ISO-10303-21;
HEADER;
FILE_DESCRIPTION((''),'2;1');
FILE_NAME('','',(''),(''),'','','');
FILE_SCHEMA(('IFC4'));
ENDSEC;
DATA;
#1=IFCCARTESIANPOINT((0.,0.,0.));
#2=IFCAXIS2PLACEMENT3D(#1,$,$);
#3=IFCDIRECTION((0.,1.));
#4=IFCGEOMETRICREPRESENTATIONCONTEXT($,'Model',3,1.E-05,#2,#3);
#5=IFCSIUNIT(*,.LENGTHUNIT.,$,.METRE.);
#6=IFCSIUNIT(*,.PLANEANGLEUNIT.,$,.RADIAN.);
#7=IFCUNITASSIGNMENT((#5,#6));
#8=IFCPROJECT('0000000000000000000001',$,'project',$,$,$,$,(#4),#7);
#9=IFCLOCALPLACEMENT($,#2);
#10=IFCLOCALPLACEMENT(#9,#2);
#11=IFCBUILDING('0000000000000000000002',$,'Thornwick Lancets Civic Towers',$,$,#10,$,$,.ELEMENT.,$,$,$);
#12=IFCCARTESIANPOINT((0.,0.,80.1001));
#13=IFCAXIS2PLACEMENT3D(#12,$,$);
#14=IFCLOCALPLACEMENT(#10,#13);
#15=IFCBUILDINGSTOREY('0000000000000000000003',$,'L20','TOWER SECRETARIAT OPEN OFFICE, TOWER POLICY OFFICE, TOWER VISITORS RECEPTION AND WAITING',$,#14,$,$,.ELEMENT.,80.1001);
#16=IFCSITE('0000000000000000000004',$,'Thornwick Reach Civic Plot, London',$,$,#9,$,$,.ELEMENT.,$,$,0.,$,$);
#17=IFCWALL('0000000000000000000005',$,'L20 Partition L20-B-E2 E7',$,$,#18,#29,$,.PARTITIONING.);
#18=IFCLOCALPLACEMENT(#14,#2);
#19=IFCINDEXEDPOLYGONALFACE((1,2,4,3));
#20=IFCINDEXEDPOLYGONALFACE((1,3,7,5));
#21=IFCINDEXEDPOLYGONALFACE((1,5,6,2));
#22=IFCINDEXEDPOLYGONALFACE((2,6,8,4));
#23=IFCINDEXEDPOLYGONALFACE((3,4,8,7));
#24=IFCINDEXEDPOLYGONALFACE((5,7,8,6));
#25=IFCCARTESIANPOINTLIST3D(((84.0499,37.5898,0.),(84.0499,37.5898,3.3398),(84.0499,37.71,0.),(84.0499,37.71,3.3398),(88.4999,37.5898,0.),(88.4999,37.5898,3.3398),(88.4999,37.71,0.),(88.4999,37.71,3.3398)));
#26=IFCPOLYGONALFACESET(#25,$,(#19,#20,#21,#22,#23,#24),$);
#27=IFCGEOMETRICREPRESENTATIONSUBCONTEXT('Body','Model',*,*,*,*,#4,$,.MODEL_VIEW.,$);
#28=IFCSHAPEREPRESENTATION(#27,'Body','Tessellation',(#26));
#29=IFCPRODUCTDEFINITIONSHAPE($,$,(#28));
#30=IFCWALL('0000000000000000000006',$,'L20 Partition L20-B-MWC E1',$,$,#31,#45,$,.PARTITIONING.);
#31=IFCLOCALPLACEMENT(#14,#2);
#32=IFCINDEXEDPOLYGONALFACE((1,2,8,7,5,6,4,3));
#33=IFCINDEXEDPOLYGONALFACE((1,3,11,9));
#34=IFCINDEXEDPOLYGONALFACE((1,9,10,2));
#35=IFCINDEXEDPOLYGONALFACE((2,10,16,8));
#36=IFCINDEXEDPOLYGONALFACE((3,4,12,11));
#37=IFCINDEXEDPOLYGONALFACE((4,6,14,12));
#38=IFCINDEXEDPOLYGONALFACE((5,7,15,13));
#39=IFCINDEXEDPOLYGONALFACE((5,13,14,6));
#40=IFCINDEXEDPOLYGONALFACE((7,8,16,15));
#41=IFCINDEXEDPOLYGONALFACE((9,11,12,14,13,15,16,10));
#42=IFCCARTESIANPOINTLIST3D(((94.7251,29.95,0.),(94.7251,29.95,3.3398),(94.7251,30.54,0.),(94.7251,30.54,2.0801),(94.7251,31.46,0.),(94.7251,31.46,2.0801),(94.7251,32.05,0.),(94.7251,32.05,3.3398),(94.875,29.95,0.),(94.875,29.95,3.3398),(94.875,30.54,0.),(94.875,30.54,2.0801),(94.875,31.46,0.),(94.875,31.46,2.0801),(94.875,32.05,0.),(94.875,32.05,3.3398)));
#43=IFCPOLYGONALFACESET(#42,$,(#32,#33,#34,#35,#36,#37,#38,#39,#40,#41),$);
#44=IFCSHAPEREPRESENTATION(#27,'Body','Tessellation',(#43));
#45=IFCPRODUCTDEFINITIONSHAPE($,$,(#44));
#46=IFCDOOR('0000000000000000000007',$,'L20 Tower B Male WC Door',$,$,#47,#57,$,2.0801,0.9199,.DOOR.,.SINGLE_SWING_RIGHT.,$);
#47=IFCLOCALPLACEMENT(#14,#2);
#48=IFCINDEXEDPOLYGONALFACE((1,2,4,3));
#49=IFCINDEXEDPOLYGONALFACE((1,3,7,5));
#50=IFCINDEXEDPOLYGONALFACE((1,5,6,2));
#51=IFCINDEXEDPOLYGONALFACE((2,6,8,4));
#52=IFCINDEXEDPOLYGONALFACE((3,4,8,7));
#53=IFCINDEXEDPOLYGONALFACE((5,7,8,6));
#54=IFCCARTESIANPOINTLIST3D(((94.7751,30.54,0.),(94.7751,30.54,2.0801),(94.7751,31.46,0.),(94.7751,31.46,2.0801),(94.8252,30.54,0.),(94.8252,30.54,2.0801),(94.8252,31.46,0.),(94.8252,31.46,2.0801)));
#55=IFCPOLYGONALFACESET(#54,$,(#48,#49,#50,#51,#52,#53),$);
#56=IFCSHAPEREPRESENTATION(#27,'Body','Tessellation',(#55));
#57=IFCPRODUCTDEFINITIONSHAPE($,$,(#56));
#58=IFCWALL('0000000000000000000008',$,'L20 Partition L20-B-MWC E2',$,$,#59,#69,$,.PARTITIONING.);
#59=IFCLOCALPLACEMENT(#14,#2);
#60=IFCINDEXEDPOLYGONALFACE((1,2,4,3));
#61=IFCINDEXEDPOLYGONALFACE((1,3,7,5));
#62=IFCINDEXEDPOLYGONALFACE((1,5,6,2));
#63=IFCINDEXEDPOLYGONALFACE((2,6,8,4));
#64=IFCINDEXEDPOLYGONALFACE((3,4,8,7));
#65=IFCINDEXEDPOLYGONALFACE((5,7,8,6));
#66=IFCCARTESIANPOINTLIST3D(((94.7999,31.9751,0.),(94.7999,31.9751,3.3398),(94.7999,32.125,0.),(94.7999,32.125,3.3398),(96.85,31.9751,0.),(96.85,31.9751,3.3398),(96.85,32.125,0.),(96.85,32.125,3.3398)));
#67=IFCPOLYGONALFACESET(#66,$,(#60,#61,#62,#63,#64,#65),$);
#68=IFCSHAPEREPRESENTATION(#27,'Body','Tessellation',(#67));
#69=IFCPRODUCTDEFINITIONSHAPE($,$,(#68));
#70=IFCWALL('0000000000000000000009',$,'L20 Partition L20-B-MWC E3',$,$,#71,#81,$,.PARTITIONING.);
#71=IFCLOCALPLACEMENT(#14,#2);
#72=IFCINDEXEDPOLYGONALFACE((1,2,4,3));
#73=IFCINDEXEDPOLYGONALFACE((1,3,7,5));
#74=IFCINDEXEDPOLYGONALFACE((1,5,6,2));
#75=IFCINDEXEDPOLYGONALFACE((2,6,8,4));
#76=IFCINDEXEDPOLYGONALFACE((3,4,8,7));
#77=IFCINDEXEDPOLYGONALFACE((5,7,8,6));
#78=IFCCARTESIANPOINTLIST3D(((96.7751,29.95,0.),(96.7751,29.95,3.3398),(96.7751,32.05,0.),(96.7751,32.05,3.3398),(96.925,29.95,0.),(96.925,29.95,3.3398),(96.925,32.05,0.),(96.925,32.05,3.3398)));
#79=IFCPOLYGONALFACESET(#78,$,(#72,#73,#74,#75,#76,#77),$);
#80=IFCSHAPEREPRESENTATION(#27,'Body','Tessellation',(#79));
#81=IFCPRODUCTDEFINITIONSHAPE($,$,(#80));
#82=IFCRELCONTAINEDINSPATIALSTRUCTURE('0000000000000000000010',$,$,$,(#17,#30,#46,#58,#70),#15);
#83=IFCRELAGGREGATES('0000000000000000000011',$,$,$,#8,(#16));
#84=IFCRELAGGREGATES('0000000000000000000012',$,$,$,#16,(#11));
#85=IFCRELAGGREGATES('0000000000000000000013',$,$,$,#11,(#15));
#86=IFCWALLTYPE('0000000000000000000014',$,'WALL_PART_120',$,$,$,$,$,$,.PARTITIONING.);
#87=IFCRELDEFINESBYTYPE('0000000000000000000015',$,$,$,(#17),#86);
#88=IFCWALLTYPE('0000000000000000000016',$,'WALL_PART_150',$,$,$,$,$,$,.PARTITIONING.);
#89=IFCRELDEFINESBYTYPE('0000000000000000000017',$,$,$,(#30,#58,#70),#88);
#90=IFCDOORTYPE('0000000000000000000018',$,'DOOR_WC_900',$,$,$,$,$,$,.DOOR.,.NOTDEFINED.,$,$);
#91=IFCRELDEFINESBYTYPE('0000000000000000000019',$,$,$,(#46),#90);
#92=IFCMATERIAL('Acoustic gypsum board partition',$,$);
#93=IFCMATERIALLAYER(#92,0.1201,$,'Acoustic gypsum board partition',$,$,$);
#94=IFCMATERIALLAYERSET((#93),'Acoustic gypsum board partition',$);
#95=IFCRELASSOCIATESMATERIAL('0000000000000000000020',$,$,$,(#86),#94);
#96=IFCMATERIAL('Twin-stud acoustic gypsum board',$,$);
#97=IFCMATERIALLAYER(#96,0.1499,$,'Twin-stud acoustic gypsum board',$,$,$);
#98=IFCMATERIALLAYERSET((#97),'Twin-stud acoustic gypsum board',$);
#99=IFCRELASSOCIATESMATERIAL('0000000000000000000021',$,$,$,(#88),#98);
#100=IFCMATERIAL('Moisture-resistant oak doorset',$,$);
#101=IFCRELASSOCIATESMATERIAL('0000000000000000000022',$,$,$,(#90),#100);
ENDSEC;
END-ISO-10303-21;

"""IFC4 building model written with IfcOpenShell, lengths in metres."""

from ifc_helpers import new_model, si_unit, direction, frame, frame_2d, origin, place, context, subcontext, project, spatial, rectangle, extrude, material, layer, layer_set, type_object, element, fill, save


model = new_model("IFC4")

# Units and contexts
model_context = context("Model", 3, precision=1e-05, world=origin(), true_north=direction((0.0, 1.0)))
body_context = subcontext(model_context, "Body", "Model", "MODEL_VIEW")
ifc_project = project(units=[si_unit("LENGTHUNIT", "METRE"), si_unit("PLANEANGLEUNIT", "RADIAN")], contexts=[model_context])

# Site, building, storey
site_placement = place(None, origin())
site = spatial("IfcSite", under=ifc_project, at=site_placement, Name="Thornwick Reach Civic Plot, London", CompositionType="ELEMENT", RefElevation=0.0)
building_placement = place(site_placement, origin())
building = spatial("IfcBuilding", under=site, at=building_placement, Name="Thornwick Lancets Civic Towers", CompositionType="ELEMENT")
storey_placement = place(building_placement, frame((0.0, 0.0, 80.1001)))
storey = spatial("IfcBuildingStorey", under=building, at=storey_placement, Name="L20", Description="TOWER SECRETARIAT OPEN OFFICE, TOWER POLICY OFFICE, TOWER VISITORS RECEPTION AND WAITING", CompositionType="ELEMENT", Elevation=80.1001)

# Shared definitions
ifc_material_1 = material(Name="Acoustic gypsum board partition")
ifc_layer_1 = layer(ifc_material_1, 0.1201, Name="Acoustic gypsum board partition")
ifc_layer_set_1 = layer_set([ifc_layer_1], Name="Acoustic gypsum board partition")
wall_type_1 = type_object("IfcWallType", Name="WALL_PART_120", PredefinedType="PARTITIONING", material=ifc_layer_set_1)

# Wall
wall_1_placement = place(storey_placement, frame((88.5, 37.6499, 0.0), z_axis=(0.0, 0.0, 1.0), x_axis=(-1.0, 0.0, 0.0)))
element("IfcWall", 1, at=wall_1_placement, inside=storey, type_object=wall_type_1, Name="L20 Partition L20-B-E2 E7", PredefinedType="PARTITIONING", context=body_context, shape_type="SweptSolid", body=[
    extrude(rectangle(XDim=4.45, YDim=0.1201, at=frame_2d((2.2251, 0.0))), origin(), (0.0, 0.0, 1.0), 3.3398),
])

# Wall, opening, door
ifc_material_2 = material(Name="Twin-stud acoustic gypsum board")
ifc_layer_2 = layer(ifc_material_2, 0.1499, Name="Twin-stud acoustic gypsum board")
ifc_layer_set_2 = layer_set([ifc_layer_2], Name="Twin-stud acoustic gypsum board")
wall_type_2 = type_object("IfcWallType", Name="WALL_PART_150", PredefinedType="PARTITIONING", material=ifc_layer_set_2)
wall_2_placement = place(storey_placement, frame((94.8, 29.95, 0.0), z_axis=(0.0, 0.0, 1.0), x_axis=(0.0, 1.0, 0.0)))
wall_2 = element("IfcWall", 2, at=wall_2_placement, inside=storey, type_object=wall_type_2, Name="L20 Partition L20-B-MWC E1", PredefinedType="PARTITIONING", context=body_context, shape_type="SweptSolid", body=[
    extrude(rectangle(XDim=2.1001, YDim=0.1499, at=frame_2d((1.05, 0.0))), origin(), (0.0, 0.0, 1.0), 3.3398),
])
opening_1_placement = place(wall_2_placement, frame((0.5901, 0.0, 0.0)))
opening_1 = element("IfcOpeningElement", 3, at=opening_1_placement, cuts=wall_2, PredefinedType="OPENING", context=body_context, shape_type="SweptSolid", body=[
    extrude(rectangle(XDim=0.9199, YDim=2.0801, at=frame_2d((0.46, 1.04))), frame((0.0, 0.085, 0.0), z_axis=(0.0, -1.0, 0.0), x_axis=(1.0, 0.0, 0.0)), (0.0, 0.0, 1.0), 0.1699),
])
ifc_material_3 = material(Name="Moisture-resistant oak doorset")
door_type_1 = type_object("IfcDoorType", Name="DOOR_WC_900", OperationType="NOTDEFINED", PredefinedType="DOOR", material=ifc_material_3)
door_1_placement = place(opening_1_placement, origin())
door_1 = element("IfcDoor", 4, at=door_1_placement, inside=storey, type_object=door_type_1, Name="L20 Tower B Male WC Door", OperationType="SINGLE_SWING_RIGHT", OverallHeight=2.0801, OverallWidth=0.9199, PredefinedType="DOOR", context=body_context, shape_type="SweptSolid", body=[
    extrude(rectangle(XDim=0.9199, YDim=2.0801, at=frame_2d((0.46, 1.04))), frame((0.0, 0.0249, 0.0), z_axis=(0.0, -1.0, 0.0), x_axis=(1.0, 0.0, 0.0)), (0.0, 0.0, 1.0), 0.05),
])
fill(opening_1, door_1)

# Walls
wall_3_placement = place(storey_placement, frame((94.8, 32.05, 0.0), z_axis=(0.0, 0.0, 1.0), x_axis=(1.0, 0.0, 0.0)))
element("IfcWall", 5, at=wall_3_placement, inside=storey, type_object=wall_type_2, Name="L20 Partition L20-B-MWC E2", PredefinedType="PARTITIONING", context=body_context, shape_type="SweptSolid", body=[
    extrude(rectangle(XDim=2.05, YDim=0.1499, at=frame_2d((1.0249, 0.0))), origin(), (0.0, 0.0, 1.0), 3.3398),
])
wall_4_placement = place(storey_placement, frame((96.8501, 32.05, 0.0), z_axis=(0.0, 0.0, 1.0), x_axis=(0.0, -1.0, 0.0)))
element("IfcWall", 6, at=wall_4_placement, inside=storey, type_object=wall_type_2, Name="L20 Partition L20-B-MWC E3", PredefinedType="PARTITIONING", context=body_context, shape_type="SweptSolid", body=[
    extrude(rectangle(XDim=2.1001, YDim=0.1499, at=frame_2d((1.05, 0.0))), origin(), (0.0, 0.0, 1.0), 3.3398),
])

save(model, "model.ifc")
